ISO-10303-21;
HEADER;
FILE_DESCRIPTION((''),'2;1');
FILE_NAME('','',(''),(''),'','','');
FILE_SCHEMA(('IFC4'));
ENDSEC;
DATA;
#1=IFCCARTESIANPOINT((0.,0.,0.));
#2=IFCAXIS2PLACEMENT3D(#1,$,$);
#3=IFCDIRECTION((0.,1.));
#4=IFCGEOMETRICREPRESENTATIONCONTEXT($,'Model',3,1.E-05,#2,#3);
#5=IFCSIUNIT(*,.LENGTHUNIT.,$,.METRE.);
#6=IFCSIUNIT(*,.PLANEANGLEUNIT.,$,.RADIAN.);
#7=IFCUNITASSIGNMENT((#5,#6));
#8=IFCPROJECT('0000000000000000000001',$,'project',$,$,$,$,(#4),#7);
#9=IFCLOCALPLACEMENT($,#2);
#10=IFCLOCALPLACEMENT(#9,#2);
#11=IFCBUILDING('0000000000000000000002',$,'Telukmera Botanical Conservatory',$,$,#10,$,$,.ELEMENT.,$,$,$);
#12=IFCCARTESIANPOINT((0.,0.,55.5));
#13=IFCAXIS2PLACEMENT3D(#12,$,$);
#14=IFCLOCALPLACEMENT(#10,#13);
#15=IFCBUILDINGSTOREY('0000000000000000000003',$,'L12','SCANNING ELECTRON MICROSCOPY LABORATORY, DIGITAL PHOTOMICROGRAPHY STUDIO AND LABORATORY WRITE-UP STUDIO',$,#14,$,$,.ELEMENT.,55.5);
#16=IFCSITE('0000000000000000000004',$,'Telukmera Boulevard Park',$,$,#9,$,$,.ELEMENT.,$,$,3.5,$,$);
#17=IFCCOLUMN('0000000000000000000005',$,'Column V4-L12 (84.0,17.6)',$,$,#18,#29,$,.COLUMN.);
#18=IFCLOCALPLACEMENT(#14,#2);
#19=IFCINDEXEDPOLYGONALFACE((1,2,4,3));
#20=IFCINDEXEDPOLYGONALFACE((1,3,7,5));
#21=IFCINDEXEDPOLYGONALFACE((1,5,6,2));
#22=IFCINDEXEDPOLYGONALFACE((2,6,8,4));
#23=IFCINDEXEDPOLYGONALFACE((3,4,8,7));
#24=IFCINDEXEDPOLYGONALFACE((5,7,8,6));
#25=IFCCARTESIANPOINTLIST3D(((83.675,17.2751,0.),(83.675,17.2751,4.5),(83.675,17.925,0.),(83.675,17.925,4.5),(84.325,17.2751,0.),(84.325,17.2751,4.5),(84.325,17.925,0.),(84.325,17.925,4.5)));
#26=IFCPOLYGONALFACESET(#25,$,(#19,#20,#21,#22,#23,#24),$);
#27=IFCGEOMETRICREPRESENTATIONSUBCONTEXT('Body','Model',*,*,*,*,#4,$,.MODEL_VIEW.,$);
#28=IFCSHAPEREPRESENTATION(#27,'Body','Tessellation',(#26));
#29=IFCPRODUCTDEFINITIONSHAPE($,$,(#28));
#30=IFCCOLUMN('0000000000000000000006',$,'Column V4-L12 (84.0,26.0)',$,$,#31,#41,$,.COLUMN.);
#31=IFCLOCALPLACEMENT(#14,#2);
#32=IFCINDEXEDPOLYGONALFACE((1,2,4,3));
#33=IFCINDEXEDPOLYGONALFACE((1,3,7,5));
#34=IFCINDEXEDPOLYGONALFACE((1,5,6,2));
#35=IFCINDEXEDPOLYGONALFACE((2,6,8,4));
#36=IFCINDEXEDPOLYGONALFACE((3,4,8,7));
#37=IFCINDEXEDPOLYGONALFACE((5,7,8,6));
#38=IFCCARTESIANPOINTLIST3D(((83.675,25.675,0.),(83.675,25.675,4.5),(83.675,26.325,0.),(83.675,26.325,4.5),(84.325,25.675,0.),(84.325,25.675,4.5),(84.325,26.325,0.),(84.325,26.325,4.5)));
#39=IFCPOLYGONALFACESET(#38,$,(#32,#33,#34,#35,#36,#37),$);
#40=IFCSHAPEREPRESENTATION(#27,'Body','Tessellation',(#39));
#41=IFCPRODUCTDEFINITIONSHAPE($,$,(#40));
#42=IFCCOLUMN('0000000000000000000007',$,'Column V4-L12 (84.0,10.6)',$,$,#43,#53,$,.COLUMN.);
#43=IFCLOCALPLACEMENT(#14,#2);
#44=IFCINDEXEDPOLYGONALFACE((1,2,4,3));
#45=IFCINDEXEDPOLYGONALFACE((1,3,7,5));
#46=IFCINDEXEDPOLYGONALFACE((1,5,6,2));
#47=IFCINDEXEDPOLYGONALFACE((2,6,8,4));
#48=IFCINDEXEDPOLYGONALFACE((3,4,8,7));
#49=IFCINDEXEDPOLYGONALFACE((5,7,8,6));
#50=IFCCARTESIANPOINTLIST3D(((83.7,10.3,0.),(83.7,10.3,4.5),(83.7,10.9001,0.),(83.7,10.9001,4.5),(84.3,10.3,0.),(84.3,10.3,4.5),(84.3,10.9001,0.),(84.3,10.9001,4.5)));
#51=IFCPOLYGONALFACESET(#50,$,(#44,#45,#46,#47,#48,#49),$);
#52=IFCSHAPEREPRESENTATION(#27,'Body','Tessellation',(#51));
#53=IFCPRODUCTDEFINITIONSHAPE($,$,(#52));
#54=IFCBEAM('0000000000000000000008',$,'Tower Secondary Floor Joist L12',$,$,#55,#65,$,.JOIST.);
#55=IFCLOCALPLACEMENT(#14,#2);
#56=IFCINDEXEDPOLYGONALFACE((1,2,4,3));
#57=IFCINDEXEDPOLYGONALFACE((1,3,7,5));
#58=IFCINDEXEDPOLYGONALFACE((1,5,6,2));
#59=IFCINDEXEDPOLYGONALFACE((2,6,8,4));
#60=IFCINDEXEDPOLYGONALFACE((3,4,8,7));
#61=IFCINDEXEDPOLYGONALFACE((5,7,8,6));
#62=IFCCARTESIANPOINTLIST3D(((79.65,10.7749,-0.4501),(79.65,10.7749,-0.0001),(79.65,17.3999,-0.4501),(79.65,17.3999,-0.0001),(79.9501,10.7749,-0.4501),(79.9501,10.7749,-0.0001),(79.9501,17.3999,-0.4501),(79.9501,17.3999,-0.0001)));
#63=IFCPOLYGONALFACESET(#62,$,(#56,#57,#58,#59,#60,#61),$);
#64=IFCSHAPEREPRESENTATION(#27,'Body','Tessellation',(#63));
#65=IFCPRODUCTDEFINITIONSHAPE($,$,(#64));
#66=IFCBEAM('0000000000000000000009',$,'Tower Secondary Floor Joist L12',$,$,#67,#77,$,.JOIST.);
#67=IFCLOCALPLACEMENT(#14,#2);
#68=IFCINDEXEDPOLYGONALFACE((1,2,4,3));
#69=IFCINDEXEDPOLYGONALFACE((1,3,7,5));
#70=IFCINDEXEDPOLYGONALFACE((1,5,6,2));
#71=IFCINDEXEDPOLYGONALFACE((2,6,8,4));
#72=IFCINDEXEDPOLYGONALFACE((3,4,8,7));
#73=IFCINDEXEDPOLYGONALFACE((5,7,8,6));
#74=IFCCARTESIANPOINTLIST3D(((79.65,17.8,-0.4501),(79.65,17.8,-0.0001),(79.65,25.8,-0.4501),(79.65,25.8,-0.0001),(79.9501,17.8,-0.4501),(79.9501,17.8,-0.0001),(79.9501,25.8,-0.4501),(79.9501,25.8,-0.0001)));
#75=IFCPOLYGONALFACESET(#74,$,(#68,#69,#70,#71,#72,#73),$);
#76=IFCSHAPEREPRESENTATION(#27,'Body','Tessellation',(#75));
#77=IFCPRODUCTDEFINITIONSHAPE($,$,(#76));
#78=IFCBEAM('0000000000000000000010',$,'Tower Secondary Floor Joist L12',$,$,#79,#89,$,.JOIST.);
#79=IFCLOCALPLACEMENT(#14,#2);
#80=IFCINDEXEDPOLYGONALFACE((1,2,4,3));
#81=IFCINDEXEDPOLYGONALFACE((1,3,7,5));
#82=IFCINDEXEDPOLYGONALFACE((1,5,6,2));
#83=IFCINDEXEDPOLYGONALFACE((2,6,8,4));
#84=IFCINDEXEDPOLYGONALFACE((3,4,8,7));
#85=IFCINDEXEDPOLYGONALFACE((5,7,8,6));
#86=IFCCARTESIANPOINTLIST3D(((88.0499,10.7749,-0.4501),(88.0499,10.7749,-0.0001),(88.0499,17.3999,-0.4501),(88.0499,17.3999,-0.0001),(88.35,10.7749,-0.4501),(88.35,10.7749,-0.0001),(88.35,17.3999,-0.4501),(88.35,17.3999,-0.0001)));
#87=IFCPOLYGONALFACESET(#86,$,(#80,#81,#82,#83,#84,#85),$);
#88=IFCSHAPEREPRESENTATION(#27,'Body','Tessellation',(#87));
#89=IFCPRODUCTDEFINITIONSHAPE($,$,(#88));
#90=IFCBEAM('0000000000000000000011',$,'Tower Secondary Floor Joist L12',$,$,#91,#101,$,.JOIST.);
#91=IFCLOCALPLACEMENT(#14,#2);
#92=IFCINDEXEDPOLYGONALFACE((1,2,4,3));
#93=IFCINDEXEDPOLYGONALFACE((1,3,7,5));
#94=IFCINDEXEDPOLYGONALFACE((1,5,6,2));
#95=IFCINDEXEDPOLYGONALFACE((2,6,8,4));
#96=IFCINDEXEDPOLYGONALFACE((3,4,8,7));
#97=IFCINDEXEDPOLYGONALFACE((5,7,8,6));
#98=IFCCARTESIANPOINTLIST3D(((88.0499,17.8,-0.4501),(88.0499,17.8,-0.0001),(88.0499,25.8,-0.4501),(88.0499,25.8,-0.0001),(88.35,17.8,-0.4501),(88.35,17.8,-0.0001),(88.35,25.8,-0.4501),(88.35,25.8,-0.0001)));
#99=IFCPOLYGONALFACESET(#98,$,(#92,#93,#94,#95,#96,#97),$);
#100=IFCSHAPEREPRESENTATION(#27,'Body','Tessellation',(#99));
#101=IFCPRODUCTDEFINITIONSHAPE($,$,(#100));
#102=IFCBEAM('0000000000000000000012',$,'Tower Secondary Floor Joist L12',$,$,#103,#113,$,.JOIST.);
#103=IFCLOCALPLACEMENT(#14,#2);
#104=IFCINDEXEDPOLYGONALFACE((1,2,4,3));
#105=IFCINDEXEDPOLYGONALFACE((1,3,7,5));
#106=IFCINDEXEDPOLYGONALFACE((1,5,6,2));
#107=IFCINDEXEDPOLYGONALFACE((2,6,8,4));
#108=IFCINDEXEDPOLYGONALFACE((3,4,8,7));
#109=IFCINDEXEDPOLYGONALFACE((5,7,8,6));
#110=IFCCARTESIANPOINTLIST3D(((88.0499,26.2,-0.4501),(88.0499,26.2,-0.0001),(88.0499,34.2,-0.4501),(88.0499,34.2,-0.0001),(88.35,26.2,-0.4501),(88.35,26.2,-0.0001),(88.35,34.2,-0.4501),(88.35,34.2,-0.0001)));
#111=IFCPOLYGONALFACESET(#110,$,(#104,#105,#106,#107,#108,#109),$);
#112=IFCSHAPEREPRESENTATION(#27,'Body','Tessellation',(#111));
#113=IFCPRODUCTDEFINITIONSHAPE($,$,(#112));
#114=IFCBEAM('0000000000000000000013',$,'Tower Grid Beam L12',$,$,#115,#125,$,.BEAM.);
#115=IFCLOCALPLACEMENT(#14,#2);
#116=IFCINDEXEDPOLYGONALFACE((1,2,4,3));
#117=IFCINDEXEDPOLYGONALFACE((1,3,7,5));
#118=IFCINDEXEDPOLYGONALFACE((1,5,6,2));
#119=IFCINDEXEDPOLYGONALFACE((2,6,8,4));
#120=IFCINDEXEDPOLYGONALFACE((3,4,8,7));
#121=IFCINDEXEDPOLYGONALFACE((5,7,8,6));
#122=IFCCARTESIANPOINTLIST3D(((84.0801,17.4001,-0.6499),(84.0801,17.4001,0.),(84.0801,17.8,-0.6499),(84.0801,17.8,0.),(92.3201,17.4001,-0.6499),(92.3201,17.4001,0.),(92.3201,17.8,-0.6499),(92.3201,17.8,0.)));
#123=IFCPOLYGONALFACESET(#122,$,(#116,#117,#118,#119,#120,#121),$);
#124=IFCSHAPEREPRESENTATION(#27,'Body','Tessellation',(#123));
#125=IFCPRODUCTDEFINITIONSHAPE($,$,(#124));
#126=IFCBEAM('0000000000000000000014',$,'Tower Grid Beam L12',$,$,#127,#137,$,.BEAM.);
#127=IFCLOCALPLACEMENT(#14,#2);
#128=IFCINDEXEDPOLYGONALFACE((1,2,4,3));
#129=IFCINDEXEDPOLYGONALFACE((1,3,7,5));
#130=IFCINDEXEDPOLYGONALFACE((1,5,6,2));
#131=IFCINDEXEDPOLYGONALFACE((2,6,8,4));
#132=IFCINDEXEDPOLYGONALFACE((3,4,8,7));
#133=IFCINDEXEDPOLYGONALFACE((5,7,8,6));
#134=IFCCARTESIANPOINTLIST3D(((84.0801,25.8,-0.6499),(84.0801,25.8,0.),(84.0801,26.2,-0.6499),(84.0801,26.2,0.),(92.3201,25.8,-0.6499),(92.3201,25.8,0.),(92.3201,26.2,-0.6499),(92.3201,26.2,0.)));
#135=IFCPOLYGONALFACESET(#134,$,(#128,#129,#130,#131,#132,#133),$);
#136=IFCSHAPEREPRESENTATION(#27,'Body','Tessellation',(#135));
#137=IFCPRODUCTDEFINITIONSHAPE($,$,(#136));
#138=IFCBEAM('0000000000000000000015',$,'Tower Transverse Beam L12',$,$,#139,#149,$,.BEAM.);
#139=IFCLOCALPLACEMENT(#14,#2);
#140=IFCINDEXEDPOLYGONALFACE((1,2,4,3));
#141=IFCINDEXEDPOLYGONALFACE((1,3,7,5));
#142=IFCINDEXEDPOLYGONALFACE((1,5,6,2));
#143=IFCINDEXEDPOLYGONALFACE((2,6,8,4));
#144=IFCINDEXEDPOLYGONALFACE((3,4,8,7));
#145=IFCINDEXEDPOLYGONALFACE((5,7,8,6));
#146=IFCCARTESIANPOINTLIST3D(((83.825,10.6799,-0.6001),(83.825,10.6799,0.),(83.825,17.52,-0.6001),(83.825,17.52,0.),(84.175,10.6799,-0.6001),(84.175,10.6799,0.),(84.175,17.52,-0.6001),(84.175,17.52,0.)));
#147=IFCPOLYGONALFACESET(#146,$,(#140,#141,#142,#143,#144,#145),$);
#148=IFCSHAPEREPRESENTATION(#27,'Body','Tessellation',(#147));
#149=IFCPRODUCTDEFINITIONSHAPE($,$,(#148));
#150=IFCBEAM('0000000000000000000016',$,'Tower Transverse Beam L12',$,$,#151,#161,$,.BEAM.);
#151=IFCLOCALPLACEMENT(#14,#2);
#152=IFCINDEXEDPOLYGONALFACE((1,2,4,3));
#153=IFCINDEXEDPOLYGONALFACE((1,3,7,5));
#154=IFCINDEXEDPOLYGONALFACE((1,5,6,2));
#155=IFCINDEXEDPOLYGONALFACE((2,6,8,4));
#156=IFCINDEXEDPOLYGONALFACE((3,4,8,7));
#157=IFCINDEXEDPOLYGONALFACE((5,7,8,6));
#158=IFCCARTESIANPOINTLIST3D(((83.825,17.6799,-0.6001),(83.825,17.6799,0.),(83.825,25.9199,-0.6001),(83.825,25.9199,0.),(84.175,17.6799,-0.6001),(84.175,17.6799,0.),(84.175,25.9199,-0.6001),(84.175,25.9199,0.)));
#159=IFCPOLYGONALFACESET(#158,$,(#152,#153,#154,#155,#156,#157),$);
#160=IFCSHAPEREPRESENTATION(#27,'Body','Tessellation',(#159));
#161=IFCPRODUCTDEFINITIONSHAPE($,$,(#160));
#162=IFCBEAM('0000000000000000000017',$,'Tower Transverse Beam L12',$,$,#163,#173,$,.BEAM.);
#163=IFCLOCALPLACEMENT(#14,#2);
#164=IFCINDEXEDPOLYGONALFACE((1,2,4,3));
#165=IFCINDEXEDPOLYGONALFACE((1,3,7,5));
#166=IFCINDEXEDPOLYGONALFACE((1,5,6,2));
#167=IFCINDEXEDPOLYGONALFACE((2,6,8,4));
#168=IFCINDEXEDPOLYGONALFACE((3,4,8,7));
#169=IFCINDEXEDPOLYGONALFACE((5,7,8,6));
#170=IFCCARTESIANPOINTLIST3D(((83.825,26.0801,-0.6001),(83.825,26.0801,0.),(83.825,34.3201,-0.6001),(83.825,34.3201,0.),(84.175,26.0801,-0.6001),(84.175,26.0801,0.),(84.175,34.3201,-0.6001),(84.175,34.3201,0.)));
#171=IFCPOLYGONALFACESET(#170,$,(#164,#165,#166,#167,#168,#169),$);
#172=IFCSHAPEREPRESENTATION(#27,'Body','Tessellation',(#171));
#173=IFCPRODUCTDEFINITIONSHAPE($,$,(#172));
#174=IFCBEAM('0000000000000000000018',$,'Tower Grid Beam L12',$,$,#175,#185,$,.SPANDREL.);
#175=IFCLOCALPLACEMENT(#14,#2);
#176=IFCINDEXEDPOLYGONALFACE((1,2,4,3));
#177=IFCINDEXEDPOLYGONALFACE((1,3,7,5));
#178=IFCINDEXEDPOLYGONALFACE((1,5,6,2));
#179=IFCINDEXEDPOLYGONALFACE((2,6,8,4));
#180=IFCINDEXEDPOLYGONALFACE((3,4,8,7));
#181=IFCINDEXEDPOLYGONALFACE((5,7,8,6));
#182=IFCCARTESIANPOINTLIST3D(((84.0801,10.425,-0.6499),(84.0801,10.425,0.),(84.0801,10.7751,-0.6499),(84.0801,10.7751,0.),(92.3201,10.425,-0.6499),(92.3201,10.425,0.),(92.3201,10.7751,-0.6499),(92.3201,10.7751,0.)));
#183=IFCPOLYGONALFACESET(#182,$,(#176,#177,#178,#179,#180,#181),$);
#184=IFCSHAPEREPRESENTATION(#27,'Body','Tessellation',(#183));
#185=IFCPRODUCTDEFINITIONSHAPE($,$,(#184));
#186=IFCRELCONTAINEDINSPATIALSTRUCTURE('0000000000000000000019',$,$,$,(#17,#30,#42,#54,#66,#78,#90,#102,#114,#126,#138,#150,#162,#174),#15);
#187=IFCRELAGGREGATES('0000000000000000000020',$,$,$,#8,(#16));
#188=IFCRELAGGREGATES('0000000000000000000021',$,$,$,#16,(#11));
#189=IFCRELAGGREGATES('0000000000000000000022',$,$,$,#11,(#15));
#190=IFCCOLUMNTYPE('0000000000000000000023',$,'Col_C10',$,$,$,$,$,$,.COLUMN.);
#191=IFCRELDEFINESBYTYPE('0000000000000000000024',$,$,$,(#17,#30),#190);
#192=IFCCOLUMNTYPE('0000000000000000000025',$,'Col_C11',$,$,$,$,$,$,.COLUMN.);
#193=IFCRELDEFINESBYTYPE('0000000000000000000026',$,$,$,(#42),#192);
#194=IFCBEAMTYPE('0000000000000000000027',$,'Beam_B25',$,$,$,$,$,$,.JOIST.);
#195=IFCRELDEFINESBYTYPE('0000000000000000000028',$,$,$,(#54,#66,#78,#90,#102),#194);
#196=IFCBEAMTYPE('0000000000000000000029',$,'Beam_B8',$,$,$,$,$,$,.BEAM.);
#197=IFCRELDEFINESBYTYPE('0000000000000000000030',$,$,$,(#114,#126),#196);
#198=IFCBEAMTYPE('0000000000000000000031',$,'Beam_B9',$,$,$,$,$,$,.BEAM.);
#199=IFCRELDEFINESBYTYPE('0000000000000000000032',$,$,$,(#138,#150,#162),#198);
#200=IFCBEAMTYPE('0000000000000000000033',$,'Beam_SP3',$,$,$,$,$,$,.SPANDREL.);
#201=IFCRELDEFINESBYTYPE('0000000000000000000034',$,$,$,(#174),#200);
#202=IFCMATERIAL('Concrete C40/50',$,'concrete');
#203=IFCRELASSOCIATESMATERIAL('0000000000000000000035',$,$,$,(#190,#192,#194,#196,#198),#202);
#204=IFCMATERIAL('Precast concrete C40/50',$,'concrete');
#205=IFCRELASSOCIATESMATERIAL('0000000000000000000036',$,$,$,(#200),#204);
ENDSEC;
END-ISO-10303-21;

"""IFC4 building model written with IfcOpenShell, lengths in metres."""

from ifc_helpers import new_model, si_unit, direction, frame, origin, origin_2d, place, context, subcontext, project, spatial, rectangle, extrude, material, material_profile, profile_set, type_object, element, save


model = new_model("IFC4")

# Units and contexts
model_context = context("Model", 3, precision=1e-05, world=origin(), true_north=direction((0.0, 1.0)))
body_context = subcontext(model_context, "Body", "Model", "MODEL_VIEW")
ifc_project = project(units=[si_unit("LENGTHUNIT", "METRE"), si_unit("PLANEANGLEUNIT", "RADIAN")], contexts=[model_context])

# Site, building, storey
site_placement = place(None, origin())
site = spatial("IfcSite", under=ifc_project, at=site_placement, Name="Telukmera Boulevard Park", CompositionType="ELEMENT", RefElevation=3.5)
building_placement = place(site_placement, origin())
building = spatial("IfcBuilding", under=site, at=building_placement, Name="Telukmera Botanical Conservatory", CompositionType="ELEMENT")
storey_placement = place(building_placement, frame((0.0, 0.0, 55.5)))
storey = spatial("IfcBuildingStorey", under=building, at=storey_placement, Name="L12", Description="SCANNING ELECTRON MICROSCOPY LABORATORY, DIGITAL PHOTOMICROGRAPHY STUDIO AND LABORATORY WRITE-UP STUDIO", CompositionType="ELEMENT", Elevation=55.5)

# Columns
ifc_material_1 = material(Name="Concrete C40/50", Category="concrete")
ifc_material_profile_1 = material_profile(ifc_material_1, rectangle(XDim=0.6499, YDim=0.6499, at=origin_2d()), Name="RC 650x650")
ifc_profile_set_1 = profile_set([ifc_material_profile_1], Name="Concrete C40/50")
column_type_1 = type_object("IfcColumnType", Name="Col_C10", PredefinedType="COLUMN", material=ifc_profile_set_1)
for number, where, z_axis, x_axis, name in (
    (1, (84.0, 17.6001, 0.0), (0.0, 0.0, 1.0), (1.0, 0.0, 0.0), "Column V4-L12 (84.0,17.6)"),
    (2, (84.0, 26.0, 0.0), (0.0, 0.0, 1.0), (1.0, 0.0, 0.0), "Column V4-L12 (84.0,26.0)"),
):
    element("IfcColumn", number, at=place(storey_placement, frame(where, z_axis=z_axis, x_axis=x_axis)), inside=storey, type_object=column_type_1, Name=name, PredefinedType="COLUMN", context=body_context, shape_type="SweptSolid", body=[
        extrude(rectangle(XDim=0.6499, YDim=0.6499, at=origin_2d()), origin(), (0.0, 0.0, 1.0), 4.5),
    ])
ifc_material_profile_2 = material_profile(ifc_material_1, rectangle(XDim=0.6001, YDim=0.6001, at=origin_2d()), Name="RC 600x600")
ifc_profile_set_2 = profile_set([ifc_material_profile_2], Name="Concrete C40/50")
column_type_2 = type_object("IfcColumnType", Name="Col_C11", PredefinedType="COLUMN", material=ifc_profile_set_2)
column_placement = place(storey_placement, frame((84.0, 10.6001, 0.0), z_axis=(0.0, 0.0, 1.0), x_axis=(1.0, 0.0, 0.0)))
element("IfcColumn", 3, at=column_placement, inside=storey, type_object=column_type_2, Name="Column V4-L12 (84.0,10.6)", PredefinedType="COLUMN", context=body_context, shape_type="SweptSolid", body=[
    extrude(rectangle(XDim=0.6001, YDim=0.6001, at=origin_2d()), origin(), (0.0, 0.0, 1.0), 4.5),
])

# Beams
ifc_material_profile_3 = material_profile(ifc_material_1, rectangle(XDim=0.3, YDim=0.45, at=origin_2d()), Name="RC 300x450")
ifc_profile_set_3 = profile_set([ifc_material_profile_3], Name="Concrete C40/50")
beam_type_1 = type_object("IfcBeamType", Name="Beam_B25", PredefinedType="JOIST", material=ifc_profile_set_3)
beam_1_placement = place(storey_placement, frame((79.8, 10.7749, -0.2251), z_axis=(0.0, 1.0, 0.0), x_axis=(-1.0, 0.0, 0.0)))
element("IfcBeam", 4, at=beam_1_placement, inside=storey, type_object=beam_type_1, Name="Tower Secondary Floor Joist L12", PredefinedType="JOIST", context=body_context, shape_type="SweptSolid", body=[
    extrude(rectangle(XDim=0.3, YDim=0.45, at=origin_2d()), origin(), (0.0, 0.0, 1.0), 6.625),
])
beam_2_placement = place(storey_placement, frame((79.8, 17.8, -0.2251), z_axis=(0.0, 1.0, 0.0), x_axis=(-1.0, 0.0, 0.0)))
element("IfcBeam", 5, at=beam_2_placement, inside=storey, type_object=beam_type_1, Name="Tower Secondary Floor Joist L12", PredefinedType="JOIST", context=body_context, shape_type="SweptSolid", body=[
    extrude(rectangle(XDim=0.3, YDim=0.45, at=origin_2d()), origin(), (0.0, 0.0, 1.0), 8.0),
])
beam_3_placement = place(storey_placement, frame((88.2, 10.7749, -0.2251), z_axis=(0.0, 1.0, 0.0), x_axis=(-1.0, 0.0, 0.0)))
element("IfcBeam", 6, at=beam_3_placement, inside=storey, type_object=beam_type_1, Name="Tower Secondary Floor Joist L12", PredefinedType="JOIST", context=body_context, shape_type="SweptSolid", body=[
    extrude(rectangle(XDim=0.3, YDim=0.45, at=origin_2d()), origin(), (0.0, 0.0, 1.0), 6.625),
])
for number, where, z_axis, x_axis, name in (
    (7, (88.2, 17.8, -0.2251), (0.0, 1.0, 0.0), (-1.0, 0.0, 0.0), "Tower Secondary Floor Joist L12"),
    (8, (88.2, 26.2, -0.2251), (0.0, 1.0, 0.0), (-1.0, 0.0, 0.0), "Tower Secondary Floor Joist L12"),
):
    element("IfcBeam", number, at=place(storey_placement, frame(where, z_axis=z_axis, x_axis=x_axis)), inside=storey, type_object=beam_type_1, Name=name, PredefinedType="JOIST", context=body_context, shape_type="SweptSolid", body=[
        extrude(rectangle(XDim=0.3, YDim=0.45, at=origin_2d()), origin(), (0.0, 0.0, 1.0), 8.0),
    ])
ifc_material_profile_4 = material_profile(ifc_material_1, rectangle(XDim=0.3999, YDim=0.6499, at=origin_2d()), Name="RC 400x650")
ifc_profile_set_4 = profile_set([ifc_material_profile_4], Name="Concrete C40/50")
beam_type_2 = type_object("IfcBeamType", Name="Beam_B8", PredefinedType="BEAM", material=ifc_profile_set_4)
for number, where, z_axis, x_axis, name in (
    (9, (84.0801, 17.6001, -0.325), (1.0, 0.0, 0.0), (0.0, 1.0, 0.0), "Tower Grid Beam L12"),
    (10, (84.0801, 26.0, -0.325), (1.0, 0.0, 0.0), (0.0, 1.0, 0.0), "Tower Grid Beam L12"),
):
    element("IfcBeam", number, at=place(storey_placement, frame(where, z_axis=z_axis, x_axis=x_axis)), inside=storey, type_object=beam_type_2, Name=name, PredefinedType="BEAM", context=body_context, shape_type="SweptSolid", body=[
        extrude(rectangle(XDim=0.3999, YDim=0.6499, at=origin_2d()), origin(), (0.0, 0.0, 1.0), 8.24),
    ])
ifc_material_profile_5 = material_profile(ifc_material_1, rectangle(XDim=0.3501, YDim=0.6001, at=origin_2d()), Name="RC 350x600")
ifc_profile_set_5 = profile_set([ifc_material_profile_5], Name="Concrete C40/50")
beam_type_3 = type_object("IfcBeamType", Name="Beam_B9", PredefinedType="BEAM", material=ifc_profile_set_5)
beam_4_placement = place(storey_placement, frame((84.0, 10.6799, -0.3), z_axis=(0.0, 1.0, 0.0), x_axis=(-1.0, 0.0, 0.0)))
element("IfcBeam", 11, at=beam_4_placement, inside=storey, type_object=beam_type_3, Name="Tower Transverse Beam L12", PredefinedType="BEAM", context=body_context, shape_type="SweptSolid", body=[
    extrude(rectangle(XDim=0.3501, YDim=0.6001, at=origin_2d()), origin(), (0.0, 0.0, 1.0), 6.8401),
])
for number, where, z_axis, x_axis, name in (
    (12, (84.0, 17.6799, -0.3), (0.0, 1.0, 0.0), (-1.0, 0.0, 0.0), "Tower Transverse Beam L12"),
    (13, (84.0, 26.0801, -0.3), (0.0, 1.0, 0.0), (-1.0, 0.0, 0.0), "Tower Transverse Beam L12"),
):
    element("IfcBeam", number, at=place(storey_placement, frame(where, z_axis=z_axis, x_axis=x_axis)), inside=storey, type_object=beam_type_3, Name=name, PredefinedType="BEAM", context=body_context, shape_type="SweptSolid", body=[
        extrude(rectangle(XDim=0.3501, YDim=0.6001, at=origin_2d()), origin(), (0.0, 0.0, 1.0), 8.24),
    ])
ifc_material_2 = material(Name="Precast concrete C40/50", Category="concrete")
ifc_material_profile_6 = material_profile(ifc_material_2, rectangle(XDim=0.3501, YDim=0.6499, at=origin_2d()), Name="PC 350x650")
ifc_profile_set_6 = profile_set([ifc_material_profile_6], Name="Precast concrete C40/50")
beam_type_4 = type_object("IfcBeamType", Name="Beam_SP3", PredefinedType="SPANDREL", material=ifc_profile_set_6)
beam_5_placement = place(storey_placement, frame((84.0801, 10.6001, -0.325), z_axis=(1.0, 0.0, 0.0), x_axis=(0.0, 1.0, 0.0)))
element("IfcBeam", 14, at=beam_5_placement, inside=storey, type_object=beam_type_4, Name="Tower Grid Beam L12", PredefinedType="SPANDREL", context=body_context, shape_type="SweptSolid", body=[
    extrude(rectangle(XDim=0.3501, YDim=0.6499, at=origin_2d()), origin(), (0.0, 0.0, 1.0), 8.24),
])

save(model, "model.ifc")
